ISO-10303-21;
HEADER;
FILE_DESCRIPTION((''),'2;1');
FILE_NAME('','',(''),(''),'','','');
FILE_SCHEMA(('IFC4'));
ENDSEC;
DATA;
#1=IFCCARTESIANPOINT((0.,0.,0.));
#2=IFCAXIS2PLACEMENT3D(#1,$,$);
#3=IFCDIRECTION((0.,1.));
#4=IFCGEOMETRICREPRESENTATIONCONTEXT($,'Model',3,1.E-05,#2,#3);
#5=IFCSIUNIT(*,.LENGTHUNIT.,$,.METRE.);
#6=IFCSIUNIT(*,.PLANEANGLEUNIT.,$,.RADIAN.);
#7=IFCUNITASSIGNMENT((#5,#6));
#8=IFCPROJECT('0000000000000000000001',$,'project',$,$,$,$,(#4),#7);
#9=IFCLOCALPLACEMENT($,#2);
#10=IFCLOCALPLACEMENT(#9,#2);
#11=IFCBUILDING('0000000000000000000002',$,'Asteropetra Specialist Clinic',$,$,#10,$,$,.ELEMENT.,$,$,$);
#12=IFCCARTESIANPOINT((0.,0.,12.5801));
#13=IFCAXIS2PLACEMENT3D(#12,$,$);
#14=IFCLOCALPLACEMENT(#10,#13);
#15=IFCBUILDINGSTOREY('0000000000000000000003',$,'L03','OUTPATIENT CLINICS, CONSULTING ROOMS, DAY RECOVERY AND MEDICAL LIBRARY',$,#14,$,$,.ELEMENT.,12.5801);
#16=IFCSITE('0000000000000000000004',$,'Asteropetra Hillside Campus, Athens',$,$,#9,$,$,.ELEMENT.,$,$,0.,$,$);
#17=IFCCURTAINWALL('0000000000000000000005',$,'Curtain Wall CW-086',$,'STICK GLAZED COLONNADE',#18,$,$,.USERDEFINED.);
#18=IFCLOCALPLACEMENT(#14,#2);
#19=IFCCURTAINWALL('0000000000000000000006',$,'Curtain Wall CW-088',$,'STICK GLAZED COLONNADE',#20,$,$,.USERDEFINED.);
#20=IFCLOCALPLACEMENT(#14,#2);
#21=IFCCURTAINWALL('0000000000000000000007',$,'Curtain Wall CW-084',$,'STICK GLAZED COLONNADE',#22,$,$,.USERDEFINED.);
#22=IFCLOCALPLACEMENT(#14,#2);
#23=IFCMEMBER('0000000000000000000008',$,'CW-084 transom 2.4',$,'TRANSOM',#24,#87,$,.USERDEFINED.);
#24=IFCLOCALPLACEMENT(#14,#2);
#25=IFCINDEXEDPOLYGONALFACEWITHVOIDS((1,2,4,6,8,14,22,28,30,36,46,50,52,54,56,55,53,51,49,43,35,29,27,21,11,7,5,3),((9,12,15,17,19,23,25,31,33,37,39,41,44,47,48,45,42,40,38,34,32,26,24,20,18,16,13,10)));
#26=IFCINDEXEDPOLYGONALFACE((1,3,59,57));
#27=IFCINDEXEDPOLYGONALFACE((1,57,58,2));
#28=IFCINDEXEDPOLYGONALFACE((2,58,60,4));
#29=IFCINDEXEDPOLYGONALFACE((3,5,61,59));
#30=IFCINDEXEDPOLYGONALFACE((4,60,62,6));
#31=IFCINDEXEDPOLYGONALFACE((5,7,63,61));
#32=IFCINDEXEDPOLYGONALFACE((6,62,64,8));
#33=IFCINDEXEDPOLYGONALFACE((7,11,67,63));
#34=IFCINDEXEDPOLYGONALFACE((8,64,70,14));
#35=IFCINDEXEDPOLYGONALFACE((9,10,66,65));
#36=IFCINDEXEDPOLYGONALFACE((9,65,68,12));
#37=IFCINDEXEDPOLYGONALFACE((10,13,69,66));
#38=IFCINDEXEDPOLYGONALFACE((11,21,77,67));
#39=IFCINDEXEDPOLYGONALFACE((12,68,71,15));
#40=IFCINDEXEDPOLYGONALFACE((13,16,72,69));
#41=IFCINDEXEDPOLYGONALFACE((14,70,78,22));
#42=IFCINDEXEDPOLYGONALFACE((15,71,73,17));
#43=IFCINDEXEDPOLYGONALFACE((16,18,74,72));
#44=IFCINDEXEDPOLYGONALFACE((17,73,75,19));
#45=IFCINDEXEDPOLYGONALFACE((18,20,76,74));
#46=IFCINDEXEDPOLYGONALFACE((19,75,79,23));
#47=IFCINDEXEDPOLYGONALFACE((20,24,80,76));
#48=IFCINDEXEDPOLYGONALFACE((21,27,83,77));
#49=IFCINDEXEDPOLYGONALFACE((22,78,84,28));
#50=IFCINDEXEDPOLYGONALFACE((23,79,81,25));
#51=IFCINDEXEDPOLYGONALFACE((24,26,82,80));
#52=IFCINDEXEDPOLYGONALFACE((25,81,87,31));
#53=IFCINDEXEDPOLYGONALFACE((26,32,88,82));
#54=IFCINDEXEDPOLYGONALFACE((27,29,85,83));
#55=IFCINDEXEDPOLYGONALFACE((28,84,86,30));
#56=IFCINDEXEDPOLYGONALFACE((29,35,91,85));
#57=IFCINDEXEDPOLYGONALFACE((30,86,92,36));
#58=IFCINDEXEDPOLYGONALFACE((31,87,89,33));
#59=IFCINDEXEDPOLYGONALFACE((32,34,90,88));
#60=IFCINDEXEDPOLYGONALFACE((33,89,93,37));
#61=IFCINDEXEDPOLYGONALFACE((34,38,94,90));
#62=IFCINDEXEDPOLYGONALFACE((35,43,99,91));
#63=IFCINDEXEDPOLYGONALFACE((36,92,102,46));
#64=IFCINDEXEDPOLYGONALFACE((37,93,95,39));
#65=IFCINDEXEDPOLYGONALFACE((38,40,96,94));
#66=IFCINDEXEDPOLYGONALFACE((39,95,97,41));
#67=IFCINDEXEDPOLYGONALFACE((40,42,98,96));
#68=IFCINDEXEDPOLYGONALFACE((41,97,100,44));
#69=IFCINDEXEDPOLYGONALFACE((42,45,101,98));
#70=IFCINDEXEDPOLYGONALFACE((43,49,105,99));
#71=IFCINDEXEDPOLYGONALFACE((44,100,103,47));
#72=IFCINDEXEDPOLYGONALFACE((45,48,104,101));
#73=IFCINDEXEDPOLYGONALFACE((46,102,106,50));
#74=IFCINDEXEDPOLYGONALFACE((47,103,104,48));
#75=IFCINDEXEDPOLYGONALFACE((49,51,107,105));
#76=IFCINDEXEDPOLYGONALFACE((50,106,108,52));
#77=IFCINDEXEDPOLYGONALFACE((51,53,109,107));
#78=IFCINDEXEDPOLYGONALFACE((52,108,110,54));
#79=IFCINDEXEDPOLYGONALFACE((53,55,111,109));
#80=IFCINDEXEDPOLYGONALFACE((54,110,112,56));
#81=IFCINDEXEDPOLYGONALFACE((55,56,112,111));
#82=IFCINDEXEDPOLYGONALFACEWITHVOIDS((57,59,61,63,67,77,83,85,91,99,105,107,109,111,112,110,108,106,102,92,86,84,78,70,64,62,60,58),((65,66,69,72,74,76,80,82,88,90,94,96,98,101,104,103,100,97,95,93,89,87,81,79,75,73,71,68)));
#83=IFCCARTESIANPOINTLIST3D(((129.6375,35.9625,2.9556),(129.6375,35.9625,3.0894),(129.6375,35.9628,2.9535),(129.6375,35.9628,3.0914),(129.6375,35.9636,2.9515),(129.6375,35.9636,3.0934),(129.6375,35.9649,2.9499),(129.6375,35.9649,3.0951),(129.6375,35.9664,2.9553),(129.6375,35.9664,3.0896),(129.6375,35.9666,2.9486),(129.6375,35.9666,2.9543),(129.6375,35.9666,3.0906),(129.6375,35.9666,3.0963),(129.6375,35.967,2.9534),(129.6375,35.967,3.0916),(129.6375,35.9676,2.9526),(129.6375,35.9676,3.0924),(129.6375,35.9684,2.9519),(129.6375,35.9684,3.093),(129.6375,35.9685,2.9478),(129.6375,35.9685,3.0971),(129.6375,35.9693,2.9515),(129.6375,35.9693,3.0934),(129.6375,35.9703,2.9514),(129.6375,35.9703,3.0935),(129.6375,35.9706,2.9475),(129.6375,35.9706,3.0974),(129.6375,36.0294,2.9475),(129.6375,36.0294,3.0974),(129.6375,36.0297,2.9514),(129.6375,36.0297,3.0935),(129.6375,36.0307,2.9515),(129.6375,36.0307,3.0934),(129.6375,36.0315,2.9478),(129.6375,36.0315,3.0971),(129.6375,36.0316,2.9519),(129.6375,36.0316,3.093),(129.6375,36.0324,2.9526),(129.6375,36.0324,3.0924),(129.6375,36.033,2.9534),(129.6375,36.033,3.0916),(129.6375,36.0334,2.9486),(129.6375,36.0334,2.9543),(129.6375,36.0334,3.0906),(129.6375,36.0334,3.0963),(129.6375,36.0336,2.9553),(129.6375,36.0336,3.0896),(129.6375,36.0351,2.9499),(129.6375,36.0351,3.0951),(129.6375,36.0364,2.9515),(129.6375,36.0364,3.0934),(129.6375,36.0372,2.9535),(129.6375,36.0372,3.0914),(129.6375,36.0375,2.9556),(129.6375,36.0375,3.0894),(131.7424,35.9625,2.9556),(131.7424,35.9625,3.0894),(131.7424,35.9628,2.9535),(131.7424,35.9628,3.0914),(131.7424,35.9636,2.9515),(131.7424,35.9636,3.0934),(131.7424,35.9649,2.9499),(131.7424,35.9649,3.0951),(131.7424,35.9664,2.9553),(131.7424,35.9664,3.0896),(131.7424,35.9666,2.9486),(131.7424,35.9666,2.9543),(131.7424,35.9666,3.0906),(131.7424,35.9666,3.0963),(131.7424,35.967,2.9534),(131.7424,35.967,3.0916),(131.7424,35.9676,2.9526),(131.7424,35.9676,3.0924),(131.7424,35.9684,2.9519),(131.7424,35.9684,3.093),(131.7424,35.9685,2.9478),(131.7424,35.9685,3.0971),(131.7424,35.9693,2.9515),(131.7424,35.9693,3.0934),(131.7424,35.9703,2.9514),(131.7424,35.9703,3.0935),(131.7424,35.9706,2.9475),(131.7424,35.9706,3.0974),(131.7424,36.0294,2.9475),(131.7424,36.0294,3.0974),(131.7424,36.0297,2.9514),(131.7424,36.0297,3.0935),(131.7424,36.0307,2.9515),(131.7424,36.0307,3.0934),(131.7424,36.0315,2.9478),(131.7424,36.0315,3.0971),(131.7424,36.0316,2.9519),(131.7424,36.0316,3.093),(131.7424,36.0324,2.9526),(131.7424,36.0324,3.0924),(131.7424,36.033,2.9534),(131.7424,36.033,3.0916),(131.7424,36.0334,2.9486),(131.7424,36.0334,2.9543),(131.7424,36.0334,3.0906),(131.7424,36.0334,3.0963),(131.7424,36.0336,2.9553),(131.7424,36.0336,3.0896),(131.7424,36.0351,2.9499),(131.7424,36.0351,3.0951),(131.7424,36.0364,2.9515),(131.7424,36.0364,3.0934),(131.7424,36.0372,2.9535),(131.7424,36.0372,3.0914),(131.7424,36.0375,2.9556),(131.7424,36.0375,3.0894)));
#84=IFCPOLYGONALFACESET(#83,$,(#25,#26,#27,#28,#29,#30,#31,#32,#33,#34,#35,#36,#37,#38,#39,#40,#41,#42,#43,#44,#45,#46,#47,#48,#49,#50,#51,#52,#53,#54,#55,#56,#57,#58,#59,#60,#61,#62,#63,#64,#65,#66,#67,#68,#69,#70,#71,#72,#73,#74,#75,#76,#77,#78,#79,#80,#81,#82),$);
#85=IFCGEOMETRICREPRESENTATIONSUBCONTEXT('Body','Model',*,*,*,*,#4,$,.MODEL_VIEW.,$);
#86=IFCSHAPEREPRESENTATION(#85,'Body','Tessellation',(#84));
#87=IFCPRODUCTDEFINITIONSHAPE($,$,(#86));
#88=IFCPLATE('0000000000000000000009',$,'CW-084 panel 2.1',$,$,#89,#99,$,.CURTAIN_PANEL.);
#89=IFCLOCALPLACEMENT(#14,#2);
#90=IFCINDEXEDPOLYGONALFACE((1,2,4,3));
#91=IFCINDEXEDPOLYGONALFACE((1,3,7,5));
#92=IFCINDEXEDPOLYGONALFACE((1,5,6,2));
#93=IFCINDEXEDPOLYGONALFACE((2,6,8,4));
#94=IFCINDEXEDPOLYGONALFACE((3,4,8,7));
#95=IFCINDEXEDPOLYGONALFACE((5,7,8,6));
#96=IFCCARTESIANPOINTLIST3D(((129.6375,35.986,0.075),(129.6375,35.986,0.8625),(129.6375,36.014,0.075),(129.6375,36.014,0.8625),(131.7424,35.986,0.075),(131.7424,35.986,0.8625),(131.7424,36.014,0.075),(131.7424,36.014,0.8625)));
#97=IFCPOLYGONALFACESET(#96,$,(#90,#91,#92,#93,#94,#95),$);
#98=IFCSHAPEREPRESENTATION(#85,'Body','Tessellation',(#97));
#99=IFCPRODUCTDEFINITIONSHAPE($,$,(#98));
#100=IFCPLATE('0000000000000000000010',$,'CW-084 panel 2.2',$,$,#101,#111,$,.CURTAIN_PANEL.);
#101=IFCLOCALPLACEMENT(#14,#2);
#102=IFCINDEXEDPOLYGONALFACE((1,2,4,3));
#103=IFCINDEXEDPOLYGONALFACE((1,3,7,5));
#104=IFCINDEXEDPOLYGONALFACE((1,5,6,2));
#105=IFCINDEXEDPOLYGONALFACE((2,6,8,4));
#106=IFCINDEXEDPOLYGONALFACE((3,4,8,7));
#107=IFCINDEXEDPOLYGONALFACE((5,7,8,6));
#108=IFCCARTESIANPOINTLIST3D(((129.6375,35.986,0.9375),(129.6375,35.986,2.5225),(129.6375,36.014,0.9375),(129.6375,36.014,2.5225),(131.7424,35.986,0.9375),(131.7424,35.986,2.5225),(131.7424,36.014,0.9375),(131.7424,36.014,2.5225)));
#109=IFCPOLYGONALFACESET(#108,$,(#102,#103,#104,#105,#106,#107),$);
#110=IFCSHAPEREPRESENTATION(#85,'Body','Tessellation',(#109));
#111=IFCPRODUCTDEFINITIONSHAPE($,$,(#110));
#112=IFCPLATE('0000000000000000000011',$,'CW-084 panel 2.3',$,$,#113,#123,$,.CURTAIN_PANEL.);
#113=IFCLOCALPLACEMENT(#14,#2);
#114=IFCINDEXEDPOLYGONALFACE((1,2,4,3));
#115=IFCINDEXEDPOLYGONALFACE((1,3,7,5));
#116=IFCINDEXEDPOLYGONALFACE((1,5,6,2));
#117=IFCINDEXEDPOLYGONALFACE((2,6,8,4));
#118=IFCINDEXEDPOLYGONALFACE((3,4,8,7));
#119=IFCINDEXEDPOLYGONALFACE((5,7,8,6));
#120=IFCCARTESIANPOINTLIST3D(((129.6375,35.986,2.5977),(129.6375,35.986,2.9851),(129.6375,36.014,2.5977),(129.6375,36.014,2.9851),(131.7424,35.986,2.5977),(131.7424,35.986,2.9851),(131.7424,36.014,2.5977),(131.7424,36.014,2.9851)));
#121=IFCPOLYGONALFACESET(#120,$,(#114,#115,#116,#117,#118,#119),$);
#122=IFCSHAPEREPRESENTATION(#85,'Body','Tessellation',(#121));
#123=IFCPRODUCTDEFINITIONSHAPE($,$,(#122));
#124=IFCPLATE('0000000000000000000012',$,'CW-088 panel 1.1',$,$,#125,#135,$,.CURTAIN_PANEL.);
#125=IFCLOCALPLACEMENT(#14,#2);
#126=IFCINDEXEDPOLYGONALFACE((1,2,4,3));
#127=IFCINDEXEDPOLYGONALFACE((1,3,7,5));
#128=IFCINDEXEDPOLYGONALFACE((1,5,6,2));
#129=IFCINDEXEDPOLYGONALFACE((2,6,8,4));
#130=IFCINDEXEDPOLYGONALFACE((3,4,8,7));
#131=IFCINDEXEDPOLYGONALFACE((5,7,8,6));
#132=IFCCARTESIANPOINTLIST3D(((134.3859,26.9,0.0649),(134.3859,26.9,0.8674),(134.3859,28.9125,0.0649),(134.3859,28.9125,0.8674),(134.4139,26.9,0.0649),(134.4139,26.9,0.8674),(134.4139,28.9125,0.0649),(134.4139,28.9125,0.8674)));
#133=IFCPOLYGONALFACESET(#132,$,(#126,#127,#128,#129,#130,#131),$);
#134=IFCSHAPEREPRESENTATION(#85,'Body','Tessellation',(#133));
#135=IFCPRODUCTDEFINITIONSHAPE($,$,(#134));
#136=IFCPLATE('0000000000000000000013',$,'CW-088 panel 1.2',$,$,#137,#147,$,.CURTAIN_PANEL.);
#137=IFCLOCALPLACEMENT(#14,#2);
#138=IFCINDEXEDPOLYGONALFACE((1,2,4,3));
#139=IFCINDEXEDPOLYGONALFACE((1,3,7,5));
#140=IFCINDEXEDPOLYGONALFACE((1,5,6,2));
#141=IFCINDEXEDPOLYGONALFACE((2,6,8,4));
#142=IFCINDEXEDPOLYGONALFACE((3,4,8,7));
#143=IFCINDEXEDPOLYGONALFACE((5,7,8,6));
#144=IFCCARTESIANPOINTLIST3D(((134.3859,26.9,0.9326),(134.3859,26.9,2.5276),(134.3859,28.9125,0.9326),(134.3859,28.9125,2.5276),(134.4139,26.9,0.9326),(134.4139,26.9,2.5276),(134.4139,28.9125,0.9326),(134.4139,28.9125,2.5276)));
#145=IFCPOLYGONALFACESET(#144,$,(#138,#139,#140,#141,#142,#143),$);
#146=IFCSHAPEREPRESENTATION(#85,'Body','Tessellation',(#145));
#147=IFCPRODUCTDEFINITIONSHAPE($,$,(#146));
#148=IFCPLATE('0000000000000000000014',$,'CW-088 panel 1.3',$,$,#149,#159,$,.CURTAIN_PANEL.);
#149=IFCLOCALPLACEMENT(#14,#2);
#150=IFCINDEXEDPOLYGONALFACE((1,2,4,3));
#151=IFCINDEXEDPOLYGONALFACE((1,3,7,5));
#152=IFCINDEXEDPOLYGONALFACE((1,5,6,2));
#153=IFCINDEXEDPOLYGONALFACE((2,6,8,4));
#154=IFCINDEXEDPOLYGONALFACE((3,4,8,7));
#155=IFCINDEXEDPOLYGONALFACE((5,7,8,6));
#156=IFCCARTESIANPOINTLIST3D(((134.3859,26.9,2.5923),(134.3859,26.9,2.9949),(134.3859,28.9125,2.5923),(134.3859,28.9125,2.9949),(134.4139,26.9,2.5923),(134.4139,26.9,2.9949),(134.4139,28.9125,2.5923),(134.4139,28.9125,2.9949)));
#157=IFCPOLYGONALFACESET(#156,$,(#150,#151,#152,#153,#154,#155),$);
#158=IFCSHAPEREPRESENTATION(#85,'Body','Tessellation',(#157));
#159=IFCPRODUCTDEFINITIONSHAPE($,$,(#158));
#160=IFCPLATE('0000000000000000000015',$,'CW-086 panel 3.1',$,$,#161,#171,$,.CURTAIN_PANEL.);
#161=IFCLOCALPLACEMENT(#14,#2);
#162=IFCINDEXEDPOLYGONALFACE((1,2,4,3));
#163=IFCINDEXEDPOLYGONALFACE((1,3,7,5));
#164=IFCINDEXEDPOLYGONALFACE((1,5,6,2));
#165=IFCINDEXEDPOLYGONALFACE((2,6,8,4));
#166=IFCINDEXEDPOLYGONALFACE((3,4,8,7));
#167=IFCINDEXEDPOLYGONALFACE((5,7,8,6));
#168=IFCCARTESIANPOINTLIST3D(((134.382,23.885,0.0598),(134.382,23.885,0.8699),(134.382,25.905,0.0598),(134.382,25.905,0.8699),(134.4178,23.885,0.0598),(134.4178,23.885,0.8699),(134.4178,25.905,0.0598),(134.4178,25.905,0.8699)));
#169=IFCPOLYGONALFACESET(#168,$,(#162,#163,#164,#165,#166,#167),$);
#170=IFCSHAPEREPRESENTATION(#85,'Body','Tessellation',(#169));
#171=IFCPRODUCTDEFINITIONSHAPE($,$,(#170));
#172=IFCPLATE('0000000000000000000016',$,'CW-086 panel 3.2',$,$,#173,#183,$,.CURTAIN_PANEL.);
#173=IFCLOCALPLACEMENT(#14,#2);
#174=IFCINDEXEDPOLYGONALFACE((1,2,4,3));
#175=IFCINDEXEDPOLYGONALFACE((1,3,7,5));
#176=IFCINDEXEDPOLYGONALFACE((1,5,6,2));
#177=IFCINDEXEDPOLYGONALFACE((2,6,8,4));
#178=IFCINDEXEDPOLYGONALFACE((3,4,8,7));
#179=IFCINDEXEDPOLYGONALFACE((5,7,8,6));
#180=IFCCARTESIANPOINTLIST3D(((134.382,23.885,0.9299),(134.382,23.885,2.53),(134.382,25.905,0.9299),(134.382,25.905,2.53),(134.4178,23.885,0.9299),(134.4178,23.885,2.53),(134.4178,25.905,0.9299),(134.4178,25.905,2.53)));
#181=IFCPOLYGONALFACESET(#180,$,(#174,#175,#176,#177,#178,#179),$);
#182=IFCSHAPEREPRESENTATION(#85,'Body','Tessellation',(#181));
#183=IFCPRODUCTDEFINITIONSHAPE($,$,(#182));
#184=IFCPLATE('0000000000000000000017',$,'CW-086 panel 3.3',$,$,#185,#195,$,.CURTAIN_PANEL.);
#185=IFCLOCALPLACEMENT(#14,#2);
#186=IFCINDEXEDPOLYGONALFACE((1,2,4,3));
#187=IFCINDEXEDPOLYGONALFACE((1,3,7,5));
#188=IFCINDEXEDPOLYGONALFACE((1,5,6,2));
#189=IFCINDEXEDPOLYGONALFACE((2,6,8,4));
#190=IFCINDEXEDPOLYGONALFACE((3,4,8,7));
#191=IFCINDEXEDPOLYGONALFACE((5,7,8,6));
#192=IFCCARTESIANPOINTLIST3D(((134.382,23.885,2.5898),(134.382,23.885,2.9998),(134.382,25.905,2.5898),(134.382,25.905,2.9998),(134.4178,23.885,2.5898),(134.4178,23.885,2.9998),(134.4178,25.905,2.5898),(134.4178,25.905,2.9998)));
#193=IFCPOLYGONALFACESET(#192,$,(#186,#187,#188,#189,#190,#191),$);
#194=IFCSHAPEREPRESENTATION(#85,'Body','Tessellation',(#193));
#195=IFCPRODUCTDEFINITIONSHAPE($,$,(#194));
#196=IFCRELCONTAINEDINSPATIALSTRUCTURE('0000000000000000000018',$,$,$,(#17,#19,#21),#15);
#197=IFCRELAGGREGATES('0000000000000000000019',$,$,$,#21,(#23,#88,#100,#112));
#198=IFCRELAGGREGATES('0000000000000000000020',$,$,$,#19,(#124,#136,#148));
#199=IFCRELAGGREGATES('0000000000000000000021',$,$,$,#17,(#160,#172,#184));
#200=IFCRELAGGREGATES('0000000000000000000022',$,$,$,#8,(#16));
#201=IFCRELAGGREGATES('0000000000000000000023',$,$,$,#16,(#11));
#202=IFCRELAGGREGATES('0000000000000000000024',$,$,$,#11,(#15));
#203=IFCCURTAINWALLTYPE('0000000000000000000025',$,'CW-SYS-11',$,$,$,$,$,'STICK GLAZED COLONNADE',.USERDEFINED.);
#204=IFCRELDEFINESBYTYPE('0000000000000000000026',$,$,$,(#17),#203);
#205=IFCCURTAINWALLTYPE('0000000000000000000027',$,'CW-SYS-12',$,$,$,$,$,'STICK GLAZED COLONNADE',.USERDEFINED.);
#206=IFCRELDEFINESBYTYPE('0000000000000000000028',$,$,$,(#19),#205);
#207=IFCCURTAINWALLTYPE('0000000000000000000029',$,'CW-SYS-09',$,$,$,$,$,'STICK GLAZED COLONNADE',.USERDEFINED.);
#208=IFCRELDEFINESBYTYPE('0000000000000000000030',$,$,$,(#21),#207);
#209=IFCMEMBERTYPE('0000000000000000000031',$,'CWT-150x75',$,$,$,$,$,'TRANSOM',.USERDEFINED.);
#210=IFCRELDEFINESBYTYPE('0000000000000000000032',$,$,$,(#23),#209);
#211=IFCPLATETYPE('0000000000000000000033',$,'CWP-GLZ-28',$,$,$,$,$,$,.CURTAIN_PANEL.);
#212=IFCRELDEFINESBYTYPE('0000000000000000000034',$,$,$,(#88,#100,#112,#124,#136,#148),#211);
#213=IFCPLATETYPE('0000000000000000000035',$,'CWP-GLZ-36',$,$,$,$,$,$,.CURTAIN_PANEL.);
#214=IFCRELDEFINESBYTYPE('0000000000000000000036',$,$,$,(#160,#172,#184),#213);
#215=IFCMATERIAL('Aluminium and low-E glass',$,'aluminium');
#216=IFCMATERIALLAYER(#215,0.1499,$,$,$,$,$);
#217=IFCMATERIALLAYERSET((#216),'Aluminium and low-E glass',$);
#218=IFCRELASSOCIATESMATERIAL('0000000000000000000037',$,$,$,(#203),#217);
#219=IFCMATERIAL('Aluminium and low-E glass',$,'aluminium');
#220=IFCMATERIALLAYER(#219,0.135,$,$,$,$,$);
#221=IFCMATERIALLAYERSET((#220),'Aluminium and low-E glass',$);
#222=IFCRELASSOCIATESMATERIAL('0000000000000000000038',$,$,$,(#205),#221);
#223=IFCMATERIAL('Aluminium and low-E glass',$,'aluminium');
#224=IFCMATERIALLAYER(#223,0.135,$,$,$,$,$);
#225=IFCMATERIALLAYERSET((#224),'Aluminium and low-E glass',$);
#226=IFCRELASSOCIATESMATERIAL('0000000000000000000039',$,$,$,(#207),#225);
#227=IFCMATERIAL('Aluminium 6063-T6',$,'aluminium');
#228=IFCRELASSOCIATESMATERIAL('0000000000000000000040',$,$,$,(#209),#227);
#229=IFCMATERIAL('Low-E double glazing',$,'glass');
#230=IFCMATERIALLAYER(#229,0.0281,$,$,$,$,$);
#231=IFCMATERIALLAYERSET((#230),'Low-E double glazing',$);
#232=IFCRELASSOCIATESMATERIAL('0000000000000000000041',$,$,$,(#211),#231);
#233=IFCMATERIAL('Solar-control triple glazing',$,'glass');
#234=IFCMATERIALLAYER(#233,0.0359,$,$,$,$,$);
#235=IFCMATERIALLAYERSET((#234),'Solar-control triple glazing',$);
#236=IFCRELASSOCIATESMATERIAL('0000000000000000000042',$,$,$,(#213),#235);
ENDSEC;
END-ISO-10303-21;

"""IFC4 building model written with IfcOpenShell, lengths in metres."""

from ifc_helpers import new_model, si_unit, direction, frame, origin, origin_2d, place, context, subcontext, project, spatial, rectangle, hollow_rectangle, extrude, material, layer, layer_set, material_profile, profile_set, type_object, element, aggregate, save


model = new_model("IFC4")

# Units and contexts
model_context = context("Model", 3, precision=1e-05, world=origin(), true_north=direction((0.0, 1.0)))
body_context = subcontext(model_context, "Body", "Model", "MODEL_VIEW")
ifc_project = project(units=[si_unit("LENGTHUNIT", "METRE"), si_unit("PLANEANGLEUNIT", "RADIAN")], contexts=[model_context])

# Site, building, storey
site_placement = place(None, origin())
site = spatial("IfcSite", under=ifc_project, at=site_placement, Name="Asteropetra Hillside Campus, Athens", CompositionType="ELEMENT", RefElevation=0.0)
building_placement = place(site_placement, origin())
building = spatial("IfcBuilding", under=site, at=building_placement, Name="Asteropetra Specialist Clinic", CompositionType="ELEMENT")
storey_placement = place(building_placement, frame((0.0, 0.0, 12.5801)))
storey = spatial("IfcBuildingStorey", under=building, at=storey_placement, Name="L03", Description="OUTPATIENT CLINICS, CONSULTING ROOMS, DAY RECOVERY AND MEDICAL LIBRARY", CompositionType="ELEMENT", Elevation=12.5801)

# Curtain wall
ifc_material_1 = material(Name="Aluminium and low-E glass", Category="aluminium")
ifc_layer_1 = layer(ifc_material_1, 0.1499)
ifc_layer_set_1 = layer_set([ifc_layer_1], Name="Aluminium and low-E glass")
curtain_wall_type_1 = type_object("IfcCurtainWallType", Name="CW-SYS-11", ElementType="STICK GLAZED COLONNADE", PredefinedType="USERDEFINED", material=ifc_layer_set_1)
curtain_wall_1_placement = place(storey_placement, origin())
curtain_wall_1 = element("IfcCurtainWall", 1, at=curtain_wall_1_placement, inside=storey, type_object=curtain_wall_type_1, Name="Curtain Wall CW-086", ObjectType="STICK GLAZED COLONNADE", PredefinedType="USERDEFINED")

# Curtain walls
ifc_material_2 = material(Name="Aluminium and low-E glass", Category="aluminium")
ifc_layer_2 = layer(ifc_material_2, 0.135)
ifc_layer_set_2 = layer_set([ifc_layer_2], Name="Aluminium and low-E glass")
curtain_wall_type_2 = type_object("IfcCurtainWallType", Name="CW-SYS-12", ElementType="STICK GLAZED COLONNADE", PredefinedType="USERDEFINED", material=ifc_layer_set_2)
curtain_wall_2_placement = place(storey_placement, origin())
curtain_wall_2 = element("IfcCurtainWall", 2, at=curtain_wall_2_placement, inside=storey, type_object=curtain_wall_type_2, Name="Curtain Wall CW-088", ObjectType="STICK GLAZED COLONNADE", PredefinedType="USERDEFINED")
ifc_material_3 = material(Name="Aluminium and low-E glass", Category="aluminium")
ifc_layer_3 = layer(ifc_material_3, 0.135)
ifc_layer_set_3 = layer_set([ifc_layer_3], Name="Aluminium and low-E glass")
curtain_wall_type_3 = type_object("IfcCurtainWallType", Name="CW-SYS-09", ElementType="STICK GLAZED COLONNADE", PredefinedType="USERDEFINED", material=ifc_layer_set_3)
curtain_wall_3_placement = place(storey_placement, origin())
curtain_wall_3 = element("IfcCurtainWall", 3, at=curtain_wall_3_placement, inside=storey, type_object=curtain_wall_type_3, Name="Curtain Wall CW-084", ObjectType="STICK GLAZED COLONNADE", PredefinedType="USERDEFINED")

# Member
ifc_material_4 = material(Name="Aluminium 6063-T6", Category="aluminium")
ifc_material_profile_1 = material_profile(ifc_material_4, hollow_rectangle(XDim=0.075, YDim=0.1499, WallThickness=0.0039, InnerFilletRadius=0.0039, OuterFilletRadius=0.0081, at=origin_2d()), Name="TRN 150x75x4.0")
ifc_profile_set_1 = profile_set([ifc_material_profile_1], Name="Aluminium 6063-T6")
member_type_1 = type_object("IfcMemberType", Name="CWT-150x75", ElementType="TRANSOM", PredefinedType="USERDEFINED", material=ifc_profile_set_1)
member_1_placement = place(storey_placement, frame((131.7424, 36.0, 3.0225), z_axis=(-1.0, 0.0, 0.0), x_axis=(0.0, -1.0, 0.0)))
member_1 = element("IfcMember", 4, at=member_1_placement, type_object=member_type_1, Name="CW-084 transom 2.4", ObjectType="TRANSOM", PredefinedType="USERDEFINED", context=body_context, shape_type="SweptSolid", body=[
    extrude(hollow_rectangle(XDim=0.075, YDim=0.1499, WallThickness=0.0039, InnerFilletRadius=0.0039, OuterFilletRadius=0.0081, at=origin_2d()), origin(), (0.0, 0.0, 1.0), 2.105),
])

# Plates
ifc_material_5 = material(Name="Low-E double glazing", Category="glass")
ifc_layer_4 = layer(ifc_material_5, 0.0281)
ifc_layer_set_4 = layer_set([ifc_layer_4], Name="Low-E double glazing")
plate_type_1 = type_object("IfcPlateType", Name="CWP-GLZ-28", PredefinedType="CURTAIN_PANEL", material=ifc_layer_set_4)
plate_1_placement = place(storey_placement, frame((130.6899, 36.0, 0.075), z_axis=(0.0, 0.0, 1.0), x_axis=(-1.0, 0.0, 0.0)))
plate_1 = element("IfcPlate", 5, at=plate_1_placement, type_object=plate_type_1, Name="CW-084 panel 2.1", PredefinedType="CURTAIN_PANEL", context=body_context, shape_type="SweptSolid", body=[
    extrude(rectangle(XDim=2.105, YDim=0.0281, at=origin_2d()), origin(), (0.0, 0.0, 1.0), 0.7876),
])
plate_2_placement = place(storey_placement, frame((130.6899, 36.0, 0.9375), z_axis=(0.0, 0.0, 1.0), x_axis=(-1.0, 0.0, 0.0)))
plate_2 = element("IfcPlate", 6, at=plate_2_placement, type_object=plate_type_1, Name="CW-084 panel 2.2", PredefinedType="CURTAIN_PANEL", context=body_context, shape_type="SweptSolid", body=[
    extrude(rectangle(XDim=2.105, YDim=0.0281, at=origin_2d()), origin(), (0.0, 0.0, 1.0), 1.585),
])
plate_3_placement = place(storey_placement, frame((130.6899, 36.0, 2.5977), z_axis=(0.0, 0.0, 1.0), x_axis=(-1.0, 0.0, 0.0)))
plate_3 = element("IfcPlate", 7, at=plate_3_placement, type_object=plate_type_1, Name="CW-084 panel 2.3", PredefinedType="CURTAIN_PANEL", context=body_context, shape_type="SweptSolid", body=[
    extrude(rectangle(XDim=2.105, YDim=0.0281, at=origin_2d()), origin(), (0.0, 0.0, 1.0), 0.3875),
])
aggregate(curtain_wall_3, [member_1, plate_1, plate_2, plate_3])
plate_4_placement = place(storey_placement, frame((134.3999, 27.9062, 0.0649), z_axis=(0.0, 0.0, 1.0), x_axis=(0.0, 1.0, 0.0)))
plate_4 = element("IfcPlate", 8, at=plate_4_placement, type_object=plate_type_1, Name="CW-088 panel 1.1", PredefinedType="CURTAIN_PANEL", context=body_context, shape_type="SweptSolid", body=[
    extrude(rectangle(XDim=2.0125, YDim=0.0281, at=origin_2d()), origin(), (0.0, 0.0, 1.0), 0.8025),
])
plate_5_placement = place(storey_placement, frame((134.3999, 27.9062, 0.9326), z_axis=(0.0, 0.0, 1.0), x_axis=(0.0, 1.0, 0.0)))
plate_5 = element("IfcPlate", 9, at=plate_5_placement, type_object=plate_type_1, Name="CW-088 panel 1.2", PredefinedType="CURTAIN_PANEL", context=body_context, shape_type="SweptSolid", body=[
    extrude(rectangle(XDim=2.0125, YDim=0.0281, at=origin_2d()), origin(), (0.0, 0.0, 1.0), 1.595),
])
plate_6_placement = place(storey_placement, frame((134.3999, 27.9062, 2.5923), z_axis=(0.0, 0.0, 1.0), x_axis=(0.0, 1.0, 0.0)))
plate_6 = element("IfcPlate", 10, at=plate_6_placement, type_object=plate_type_1, Name="CW-088 panel 1.3", PredefinedType="CURTAIN_PANEL", context=body_context, shape_type="SweptSolid", body=[
    extrude(rectangle(XDim=2.0125, YDim=0.0281, at=origin_2d()), origin(), (0.0, 0.0, 1.0), 0.4026),
])
aggregate(curtain_wall_2, [plate_4, plate_5, plate_6])
ifc_material_6 = material(Name="Solar-control triple glazing", Category="glass")
ifc_layer_5 = layer(ifc_material_6, 0.0359)
ifc_layer_set_5 = layer_set([ifc_layer_5], Name="Solar-control triple glazing")
plate_type_2 = type_object("IfcPlateType", Name="CWP-GLZ-36", PredefinedType="CURTAIN_PANEL", material=ifc_layer_set_5)
plate_7_placement = place(storey_placement, frame((134.3999, 24.895, 0.0598), z_axis=(0.0, 0.0, 1.0), x_axis=(0.0, 1.0, 0.0)))
plate_7 = element("IfcPlate", 11, at=plate_7_placement, type_object=plate_type_2, Name="CW-086 panel 3.1", PredefinedType="CURTAIN_PANEL", context=body_context, shape_type="SweptSolid", body=[
    extrude(rectangle(XDim=2.02, YDim=0.0359, at=origin_2d()), origin(), (0.0, 0.0, 1.0), 0.8101),
])
plate_8_placement = place(storey_placement, frame((134.3999, 24.895, 0.9299), z_axis=(0.0, 0.0, 1.0), x_axis=(0.0, 1.0, 0.0)))
plate_8 = element("IfcPlate", 12, at=plate_8_placement, type_object=plate_type_2, Name="CW-086 panel 3.2", PredefinedType="CURTAIN_PANEL", context=body_context, shape_type="SweptSolid", body=[
    extrude(rectangle(XDim=2.02, YDim=0.0359, at=origin_2d()), origin(), (0.0, 0.0, 1.0), 1.6001),
])
plate_9_placement = place(storey_placement, frame((134.3999, 24.895, 2.5898), z_axis=(0.0, 0.0, 1.0), x_axis=(0.0, 1.0, 0.0)))
plate_9 = element("IfcPlate", 13, at=plate_9_placement, type_object=plate_type_2, Name="CW-086 panel 3.3", PredefinedType="CURTAIN_PANEL", context=body_context, shape_type="SweptSolid", body=[
    extrude(rectangle(XDim=2.02, YDim=0.0359, at=origin_2d()), origin(), (0.0, 0.0, 1.0), 0.4099),
])
aggregate(curtain_wall_1, [plate_7, plate_8, plate_9])

save(model, "model.ifc")
